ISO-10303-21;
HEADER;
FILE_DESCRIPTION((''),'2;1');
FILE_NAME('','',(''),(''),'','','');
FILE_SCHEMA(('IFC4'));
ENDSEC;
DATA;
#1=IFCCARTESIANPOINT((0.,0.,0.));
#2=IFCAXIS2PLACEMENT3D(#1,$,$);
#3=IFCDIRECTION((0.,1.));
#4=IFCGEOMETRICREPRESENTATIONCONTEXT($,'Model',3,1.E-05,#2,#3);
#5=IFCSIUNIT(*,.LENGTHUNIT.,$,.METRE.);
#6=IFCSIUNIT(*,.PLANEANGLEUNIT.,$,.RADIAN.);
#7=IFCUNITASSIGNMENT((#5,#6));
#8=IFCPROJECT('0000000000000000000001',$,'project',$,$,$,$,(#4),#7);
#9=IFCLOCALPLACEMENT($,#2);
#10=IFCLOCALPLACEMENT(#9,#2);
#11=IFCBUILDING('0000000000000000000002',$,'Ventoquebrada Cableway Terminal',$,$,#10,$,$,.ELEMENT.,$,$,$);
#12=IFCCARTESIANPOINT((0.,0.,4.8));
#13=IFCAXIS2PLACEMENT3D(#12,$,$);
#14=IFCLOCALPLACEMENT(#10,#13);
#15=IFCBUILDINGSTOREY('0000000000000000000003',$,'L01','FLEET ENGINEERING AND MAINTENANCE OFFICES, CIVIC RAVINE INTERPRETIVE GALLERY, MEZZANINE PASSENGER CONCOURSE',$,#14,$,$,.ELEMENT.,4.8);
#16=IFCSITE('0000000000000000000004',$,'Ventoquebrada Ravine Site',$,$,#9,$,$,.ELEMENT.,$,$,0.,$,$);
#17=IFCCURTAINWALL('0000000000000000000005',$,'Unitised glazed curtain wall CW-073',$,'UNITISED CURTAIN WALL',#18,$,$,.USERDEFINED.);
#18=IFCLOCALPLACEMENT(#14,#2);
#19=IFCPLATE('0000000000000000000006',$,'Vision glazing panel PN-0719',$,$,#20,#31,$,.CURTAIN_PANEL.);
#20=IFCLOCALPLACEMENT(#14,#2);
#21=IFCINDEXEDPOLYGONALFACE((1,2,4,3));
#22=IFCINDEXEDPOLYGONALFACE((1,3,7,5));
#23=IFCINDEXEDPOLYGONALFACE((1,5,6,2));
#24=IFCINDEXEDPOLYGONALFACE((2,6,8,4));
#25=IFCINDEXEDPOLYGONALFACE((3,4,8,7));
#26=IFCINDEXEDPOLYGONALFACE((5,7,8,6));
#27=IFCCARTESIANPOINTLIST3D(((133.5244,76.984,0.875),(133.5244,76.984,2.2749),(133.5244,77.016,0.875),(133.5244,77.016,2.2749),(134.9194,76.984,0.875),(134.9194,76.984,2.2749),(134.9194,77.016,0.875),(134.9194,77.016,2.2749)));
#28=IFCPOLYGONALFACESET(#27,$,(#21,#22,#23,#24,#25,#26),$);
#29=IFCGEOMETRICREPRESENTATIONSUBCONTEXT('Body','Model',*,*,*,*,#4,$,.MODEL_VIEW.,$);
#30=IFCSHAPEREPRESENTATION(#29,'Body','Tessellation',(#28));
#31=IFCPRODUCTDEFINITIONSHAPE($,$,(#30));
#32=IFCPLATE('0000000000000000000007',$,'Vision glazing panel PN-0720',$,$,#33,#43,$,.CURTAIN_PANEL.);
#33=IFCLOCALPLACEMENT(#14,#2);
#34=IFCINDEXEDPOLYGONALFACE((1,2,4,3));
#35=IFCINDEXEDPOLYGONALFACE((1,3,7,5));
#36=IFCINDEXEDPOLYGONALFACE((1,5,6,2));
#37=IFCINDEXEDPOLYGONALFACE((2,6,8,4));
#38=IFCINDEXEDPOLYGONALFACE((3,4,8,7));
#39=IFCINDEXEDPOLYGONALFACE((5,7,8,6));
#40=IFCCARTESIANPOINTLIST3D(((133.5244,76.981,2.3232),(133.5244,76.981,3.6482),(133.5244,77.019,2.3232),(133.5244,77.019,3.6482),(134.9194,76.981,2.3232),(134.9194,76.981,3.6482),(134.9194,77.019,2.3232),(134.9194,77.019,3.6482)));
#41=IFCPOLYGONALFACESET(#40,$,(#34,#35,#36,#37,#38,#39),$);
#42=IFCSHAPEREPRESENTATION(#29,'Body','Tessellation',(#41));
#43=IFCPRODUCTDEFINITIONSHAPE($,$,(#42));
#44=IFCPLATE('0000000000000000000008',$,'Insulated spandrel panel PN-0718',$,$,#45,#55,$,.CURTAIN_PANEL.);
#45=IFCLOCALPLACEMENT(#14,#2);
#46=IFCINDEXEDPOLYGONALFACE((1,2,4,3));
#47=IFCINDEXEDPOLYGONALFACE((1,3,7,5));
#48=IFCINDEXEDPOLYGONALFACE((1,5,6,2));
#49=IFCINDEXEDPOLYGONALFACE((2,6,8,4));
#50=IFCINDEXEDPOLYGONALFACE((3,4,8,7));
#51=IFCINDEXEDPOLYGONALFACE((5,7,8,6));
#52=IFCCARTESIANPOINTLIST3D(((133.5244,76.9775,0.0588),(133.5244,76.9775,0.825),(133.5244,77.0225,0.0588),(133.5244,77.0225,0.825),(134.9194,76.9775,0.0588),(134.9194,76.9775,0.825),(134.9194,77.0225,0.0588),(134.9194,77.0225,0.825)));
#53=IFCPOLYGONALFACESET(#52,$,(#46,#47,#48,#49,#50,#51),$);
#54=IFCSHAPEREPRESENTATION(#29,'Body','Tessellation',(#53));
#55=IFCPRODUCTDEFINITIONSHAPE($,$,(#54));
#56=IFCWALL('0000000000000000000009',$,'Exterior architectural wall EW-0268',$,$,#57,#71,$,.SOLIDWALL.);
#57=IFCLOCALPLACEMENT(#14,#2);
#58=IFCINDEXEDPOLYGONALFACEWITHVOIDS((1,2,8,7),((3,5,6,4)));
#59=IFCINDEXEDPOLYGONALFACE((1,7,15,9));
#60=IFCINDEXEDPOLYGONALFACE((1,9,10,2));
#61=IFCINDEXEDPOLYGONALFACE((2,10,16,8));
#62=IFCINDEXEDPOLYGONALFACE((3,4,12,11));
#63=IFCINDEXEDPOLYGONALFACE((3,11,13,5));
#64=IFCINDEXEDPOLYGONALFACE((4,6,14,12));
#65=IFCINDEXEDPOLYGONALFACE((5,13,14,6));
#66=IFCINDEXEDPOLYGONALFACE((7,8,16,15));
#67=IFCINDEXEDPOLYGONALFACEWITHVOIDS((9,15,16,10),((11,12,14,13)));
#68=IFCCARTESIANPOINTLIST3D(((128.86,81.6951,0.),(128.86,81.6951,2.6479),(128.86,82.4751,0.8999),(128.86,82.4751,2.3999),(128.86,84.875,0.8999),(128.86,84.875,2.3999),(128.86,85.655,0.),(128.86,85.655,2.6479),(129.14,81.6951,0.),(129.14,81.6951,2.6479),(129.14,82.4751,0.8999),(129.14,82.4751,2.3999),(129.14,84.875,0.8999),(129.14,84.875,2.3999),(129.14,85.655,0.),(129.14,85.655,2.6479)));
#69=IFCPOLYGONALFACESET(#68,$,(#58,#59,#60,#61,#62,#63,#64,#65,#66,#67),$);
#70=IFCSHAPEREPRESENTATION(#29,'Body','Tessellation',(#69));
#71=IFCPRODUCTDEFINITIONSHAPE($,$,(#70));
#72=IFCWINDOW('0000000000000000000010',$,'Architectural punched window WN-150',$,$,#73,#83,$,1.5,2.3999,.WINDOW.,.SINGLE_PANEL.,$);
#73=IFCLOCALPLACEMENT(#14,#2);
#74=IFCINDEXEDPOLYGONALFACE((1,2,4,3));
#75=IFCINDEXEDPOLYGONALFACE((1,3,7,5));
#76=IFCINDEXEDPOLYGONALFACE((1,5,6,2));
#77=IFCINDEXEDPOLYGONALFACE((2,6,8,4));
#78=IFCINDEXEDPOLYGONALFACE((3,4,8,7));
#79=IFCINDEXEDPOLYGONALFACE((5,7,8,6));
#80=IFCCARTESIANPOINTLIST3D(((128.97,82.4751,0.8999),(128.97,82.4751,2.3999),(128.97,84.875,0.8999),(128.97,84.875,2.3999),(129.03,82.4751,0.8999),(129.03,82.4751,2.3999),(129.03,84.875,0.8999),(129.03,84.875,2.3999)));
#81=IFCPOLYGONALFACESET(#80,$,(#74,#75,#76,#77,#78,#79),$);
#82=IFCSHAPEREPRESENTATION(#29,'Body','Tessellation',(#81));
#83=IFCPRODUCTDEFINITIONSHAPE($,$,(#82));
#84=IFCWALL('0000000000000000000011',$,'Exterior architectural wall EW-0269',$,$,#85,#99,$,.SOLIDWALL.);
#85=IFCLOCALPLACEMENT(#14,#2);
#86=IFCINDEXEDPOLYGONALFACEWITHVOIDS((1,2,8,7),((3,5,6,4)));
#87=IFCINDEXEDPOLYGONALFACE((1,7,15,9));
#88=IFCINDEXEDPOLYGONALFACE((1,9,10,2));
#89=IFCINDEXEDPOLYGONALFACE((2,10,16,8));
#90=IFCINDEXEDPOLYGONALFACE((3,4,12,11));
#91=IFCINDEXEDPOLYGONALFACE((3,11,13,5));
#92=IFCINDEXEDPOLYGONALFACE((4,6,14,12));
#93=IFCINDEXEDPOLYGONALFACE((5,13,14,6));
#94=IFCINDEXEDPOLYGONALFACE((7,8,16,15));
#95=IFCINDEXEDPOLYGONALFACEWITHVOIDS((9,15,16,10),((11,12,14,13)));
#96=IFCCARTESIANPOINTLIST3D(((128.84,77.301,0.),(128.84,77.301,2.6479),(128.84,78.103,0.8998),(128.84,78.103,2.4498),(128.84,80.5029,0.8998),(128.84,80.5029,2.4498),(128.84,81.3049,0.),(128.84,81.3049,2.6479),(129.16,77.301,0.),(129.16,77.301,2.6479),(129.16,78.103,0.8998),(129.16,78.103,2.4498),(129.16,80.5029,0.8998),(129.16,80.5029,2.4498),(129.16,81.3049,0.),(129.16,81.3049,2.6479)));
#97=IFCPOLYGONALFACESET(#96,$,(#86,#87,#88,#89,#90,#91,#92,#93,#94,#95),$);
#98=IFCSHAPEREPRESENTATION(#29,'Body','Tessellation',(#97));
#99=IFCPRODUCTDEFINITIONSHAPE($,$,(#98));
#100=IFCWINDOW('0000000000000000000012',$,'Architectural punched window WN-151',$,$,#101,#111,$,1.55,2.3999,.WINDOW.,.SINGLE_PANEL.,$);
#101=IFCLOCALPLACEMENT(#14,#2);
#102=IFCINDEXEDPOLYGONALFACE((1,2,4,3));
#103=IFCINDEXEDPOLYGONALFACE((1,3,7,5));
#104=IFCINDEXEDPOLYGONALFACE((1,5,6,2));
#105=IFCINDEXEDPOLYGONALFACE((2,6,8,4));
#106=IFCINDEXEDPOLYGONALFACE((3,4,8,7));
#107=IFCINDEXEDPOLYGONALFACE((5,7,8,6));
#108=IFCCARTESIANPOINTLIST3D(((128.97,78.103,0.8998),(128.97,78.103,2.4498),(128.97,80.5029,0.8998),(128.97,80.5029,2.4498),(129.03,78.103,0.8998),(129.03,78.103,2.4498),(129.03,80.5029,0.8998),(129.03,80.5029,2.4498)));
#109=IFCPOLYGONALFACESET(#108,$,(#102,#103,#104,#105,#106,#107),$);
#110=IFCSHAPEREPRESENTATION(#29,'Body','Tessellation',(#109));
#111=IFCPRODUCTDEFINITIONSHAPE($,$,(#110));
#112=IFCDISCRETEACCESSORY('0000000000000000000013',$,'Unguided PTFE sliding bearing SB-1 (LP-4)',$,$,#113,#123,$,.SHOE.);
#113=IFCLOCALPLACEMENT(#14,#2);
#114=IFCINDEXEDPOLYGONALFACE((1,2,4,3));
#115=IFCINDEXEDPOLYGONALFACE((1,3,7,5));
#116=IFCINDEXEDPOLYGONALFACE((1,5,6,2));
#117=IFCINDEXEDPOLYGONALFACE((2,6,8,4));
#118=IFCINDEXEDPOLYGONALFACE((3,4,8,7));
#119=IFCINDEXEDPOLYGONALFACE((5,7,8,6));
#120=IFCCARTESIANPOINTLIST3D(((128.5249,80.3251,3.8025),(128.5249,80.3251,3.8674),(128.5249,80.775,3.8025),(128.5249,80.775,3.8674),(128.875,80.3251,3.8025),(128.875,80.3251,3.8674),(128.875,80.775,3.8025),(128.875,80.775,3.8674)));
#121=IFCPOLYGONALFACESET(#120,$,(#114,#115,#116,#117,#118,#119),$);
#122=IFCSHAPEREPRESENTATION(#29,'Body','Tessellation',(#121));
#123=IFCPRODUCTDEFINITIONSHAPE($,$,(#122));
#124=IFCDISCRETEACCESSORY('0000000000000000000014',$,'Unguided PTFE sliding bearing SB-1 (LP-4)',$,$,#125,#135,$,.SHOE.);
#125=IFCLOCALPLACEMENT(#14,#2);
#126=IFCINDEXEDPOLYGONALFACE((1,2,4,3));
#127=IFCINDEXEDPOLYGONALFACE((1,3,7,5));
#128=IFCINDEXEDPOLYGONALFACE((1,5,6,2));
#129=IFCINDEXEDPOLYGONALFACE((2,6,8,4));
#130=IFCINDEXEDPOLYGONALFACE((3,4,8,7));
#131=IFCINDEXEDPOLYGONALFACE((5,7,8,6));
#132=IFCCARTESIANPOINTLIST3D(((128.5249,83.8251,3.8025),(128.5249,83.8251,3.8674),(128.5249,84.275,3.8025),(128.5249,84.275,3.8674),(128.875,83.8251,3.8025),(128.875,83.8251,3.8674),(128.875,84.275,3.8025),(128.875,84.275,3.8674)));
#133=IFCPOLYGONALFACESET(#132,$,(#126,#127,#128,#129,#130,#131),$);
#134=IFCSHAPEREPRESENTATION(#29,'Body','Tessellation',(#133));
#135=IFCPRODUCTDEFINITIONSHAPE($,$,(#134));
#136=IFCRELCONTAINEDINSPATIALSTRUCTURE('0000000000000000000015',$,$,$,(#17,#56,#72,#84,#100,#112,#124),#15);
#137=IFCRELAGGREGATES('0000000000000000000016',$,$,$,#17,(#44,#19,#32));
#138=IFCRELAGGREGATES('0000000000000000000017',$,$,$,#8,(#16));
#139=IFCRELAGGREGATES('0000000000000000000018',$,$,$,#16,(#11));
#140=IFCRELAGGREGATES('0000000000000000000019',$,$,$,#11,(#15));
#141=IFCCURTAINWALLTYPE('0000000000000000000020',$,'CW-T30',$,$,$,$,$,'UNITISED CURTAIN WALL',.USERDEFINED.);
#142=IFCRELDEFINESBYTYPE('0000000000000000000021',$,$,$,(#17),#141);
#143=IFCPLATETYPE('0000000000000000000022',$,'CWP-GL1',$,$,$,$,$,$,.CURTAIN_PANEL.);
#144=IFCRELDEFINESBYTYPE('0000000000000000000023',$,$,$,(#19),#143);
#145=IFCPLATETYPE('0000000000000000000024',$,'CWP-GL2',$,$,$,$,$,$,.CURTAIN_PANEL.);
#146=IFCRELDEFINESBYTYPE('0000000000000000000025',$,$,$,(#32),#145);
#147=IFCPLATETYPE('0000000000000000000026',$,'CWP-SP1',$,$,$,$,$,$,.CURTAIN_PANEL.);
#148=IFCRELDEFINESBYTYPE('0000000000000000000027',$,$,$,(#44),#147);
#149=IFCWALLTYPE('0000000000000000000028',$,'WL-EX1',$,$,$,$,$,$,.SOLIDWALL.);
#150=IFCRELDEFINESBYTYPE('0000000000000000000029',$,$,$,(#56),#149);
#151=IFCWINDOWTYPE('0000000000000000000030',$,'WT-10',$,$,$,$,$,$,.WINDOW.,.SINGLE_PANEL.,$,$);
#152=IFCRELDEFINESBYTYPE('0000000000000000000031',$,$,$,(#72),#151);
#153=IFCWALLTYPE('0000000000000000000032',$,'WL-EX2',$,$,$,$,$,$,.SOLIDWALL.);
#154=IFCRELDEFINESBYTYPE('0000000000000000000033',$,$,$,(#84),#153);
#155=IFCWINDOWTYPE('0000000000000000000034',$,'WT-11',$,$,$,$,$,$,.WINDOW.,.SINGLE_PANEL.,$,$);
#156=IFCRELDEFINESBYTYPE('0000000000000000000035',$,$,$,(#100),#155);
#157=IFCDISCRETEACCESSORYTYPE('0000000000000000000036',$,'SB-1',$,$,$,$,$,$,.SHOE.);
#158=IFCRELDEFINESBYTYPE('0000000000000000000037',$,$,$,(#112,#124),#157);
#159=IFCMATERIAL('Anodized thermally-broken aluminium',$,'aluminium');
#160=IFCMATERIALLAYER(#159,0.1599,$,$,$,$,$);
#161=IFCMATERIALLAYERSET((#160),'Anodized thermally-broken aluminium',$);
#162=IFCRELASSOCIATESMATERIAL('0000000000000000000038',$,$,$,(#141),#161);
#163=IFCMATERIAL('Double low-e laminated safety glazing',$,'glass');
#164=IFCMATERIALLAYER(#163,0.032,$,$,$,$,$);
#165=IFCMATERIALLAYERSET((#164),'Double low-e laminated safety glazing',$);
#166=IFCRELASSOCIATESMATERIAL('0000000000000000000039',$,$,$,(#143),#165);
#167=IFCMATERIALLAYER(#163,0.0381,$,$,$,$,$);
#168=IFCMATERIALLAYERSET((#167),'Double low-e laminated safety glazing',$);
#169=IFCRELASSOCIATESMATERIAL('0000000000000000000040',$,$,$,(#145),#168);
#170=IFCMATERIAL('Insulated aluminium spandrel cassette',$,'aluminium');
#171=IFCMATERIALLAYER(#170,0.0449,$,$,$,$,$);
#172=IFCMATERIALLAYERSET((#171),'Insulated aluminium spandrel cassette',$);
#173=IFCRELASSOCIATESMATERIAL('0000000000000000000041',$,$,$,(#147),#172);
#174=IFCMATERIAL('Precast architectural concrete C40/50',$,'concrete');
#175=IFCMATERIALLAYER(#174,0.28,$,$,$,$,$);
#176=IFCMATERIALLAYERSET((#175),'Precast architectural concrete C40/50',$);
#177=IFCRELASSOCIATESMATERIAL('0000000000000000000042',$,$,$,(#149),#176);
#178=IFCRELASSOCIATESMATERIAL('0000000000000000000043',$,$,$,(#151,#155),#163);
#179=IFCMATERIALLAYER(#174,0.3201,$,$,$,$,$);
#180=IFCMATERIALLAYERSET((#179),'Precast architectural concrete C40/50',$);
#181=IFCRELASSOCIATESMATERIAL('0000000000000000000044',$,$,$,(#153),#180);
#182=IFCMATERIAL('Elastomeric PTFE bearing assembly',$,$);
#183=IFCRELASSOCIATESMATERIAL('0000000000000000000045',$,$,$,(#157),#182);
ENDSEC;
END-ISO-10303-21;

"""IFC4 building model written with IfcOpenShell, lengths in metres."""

from ifc_helpers import new_model, si_unit, direction, frame, frame_2d, origin, origin_2d, place, context, subcontext, project, spatial, rectangle, extrude, material, layer, layer_set, type_object, element, fill, aggregate, save


model = new_model("IFC4")

# Units and contexts
model_context = context("Model", 3, precision=1e-05, world=origin(), true_north=direction((0.0, 1.0)))
body_context = subcontext(model_context, "Body", "Model", "MODEL_VIEW")
ifc_project = project(units=[si_unit("LENGTHUNIT", "METRE"), si_unit("PLANEANGLEUNIT", "RADIAN")], contexts=[model_context])

# Site, building, storey
site_placement = place(None, origin())
site = spatial("IfcSite", under=ifc_project, at=site_placement, Name="Ventoquebrada Ravine Site", CompositionType="ELEMENT", RefElevation=0.0)
building_placement = place(site_placement, origin())
building = spatial("IfcBuilding", under=site, at=building_placement, Name="Ventoquebrada Cableway Terminal", CompositionType="ELEMENT")
storey_placement = place(building_placement, frame((0.0, 0.0, 4.8)))
storey = spatial("IfcBuildingStorey", under=building, at=storey_placement, Name="L01", Description="FLEET ENGINEERING AND MAINTENANCE OFFICES, CIVIC RAVINE INTERPRETIVE GALLERY, MEZZANINE PASSENGER CONCOURSE", CompositionType="ELEMENT", Elevation=4.8)

# Curtain wall
ifc_material_1 = material(Name="Anodized thermally-broken aluminium", Category="aluminium")
ifc_layer_1 = layer(ifc_material_1, 0.1599)
ifc_layer_set_1 = layer_set([ifc_layer_1], Name="Anodized thermally-broken aluminium")
curtain_wall_type = type_object("IfcCurtainWallType", Name="CW-T30", ElementType="UNITISED CURTAIN WALL", PredefinedType="USERDEFINED", material=ifc_layer_set_1)
curtain_wall_placement = place(storey_placement, origin())
curtain_wall = element("IfcCurtainWall", 1, at=curtain_wall_placement, inside=storey, type_object=curtain_wall_type, Name="Unitised glazed curtain wall CW-073", ObjectType="UNITISED CURTAIN WALL", PredefinedType="USERDEFINED")

# Plates
ifc_material_2 = material(Name="Double low-e laminated safety glazing", Category="glass")
ifc_layer_2 = layer(ifc_material_2, 0.032)
ifc_layer_set_2 = layer_set([ifc_layer_2], Name="Double low-e laminated safety glazing")
plate_type_1 = type_object("IfcPlateType", Name="CWP-GL1", PredefinedType="CURTAIN_PANEL", material=ifc_layer_set_2)
plate_1_placement = place(storey_placement, frame((134.2219, 77.0, 0.875), z_axis=(0.0, 0.0, 1.0), x_axis=(1.0, 0.0, 0.0)))
plate_1 = element("IfcPlate", 2, at=plate_1_placement, type_object=plate_type_1, Name="Vision glazing panel PN-0719", PredefinedType="CURTAIN_PANEL", context=body_context, shape_type="SweptSolid", body=[
    extrude(rectangle(XDim=1.395, YDim=0.032, at=origin_2d()), origin(), (0.0, 0.0, 1.0), 1.3999),
])
ifc_layer_3 = layer(ifc_material_2, 0.0381)
ifc_layer_set_3 = layer_set([ifc_layer_3], Name="Double low-e laminated safety glazing")
plate_type_2 = type_object("IfcPlateType", Name="CWP-GL2", PredefinedType="CURTAIN_PANEL", material=ifc_layer_set_3)
plate_2_placement = place(storey_placement, frame((134.2219, 77.0, 2.3232), z_axis=(0.0, 0.0, 1.0), x_axis=(1.0, 0.0, 0.0)))
plate_2 = element("IfcPlate", 3, at=plate_2_placement, type_object=plate_type_2, Name="Vision glazing panel PN-0720", PredefinedType="CURTAIN_PANEL", context=body_context, shape_type="SweptSolid", body=[
    extrude(rectangle(XDim=1.395, YDim=0.0381, at=origin_2d()), origin(), (0.0, 0.0, 1.0), 1.325),
])
ifc_material_3 = material(Name="Insulated aluminium spandrel cassette", Category="aluminium")
ifc_layer_4 = layer(ifc_material_3, 0.0449)
ifc_layer_set_4 = layer_set([ifc_layer_4], Name="Insulated aluminium spandrel cassette")
plate_type_3 = type_object("IfcPlateType", Name="CWP-SP1", PredefinedType="CURTAIN_PANEL", material=ifc_layer_set_4)
plate_3_placement = place(storey_placement, frame((134.2219, 77.0, 0.0588), z_axis=(0.0, 0.0, 1.0), x_axis=(1.0, 0.0, 0.0)))
plate_3 = element("IfcPlate", 4, at=plate_3_placement, type_object=plate_type_3, Name="Insulated spandrel panel PN-0718", PredefinedType="CURTAIN_PANEL", context=body_context, shape_type="SweptSolid", body=[
    extrude(rectangle(XDim=1.395, YDim=0.0449, at=origin_2d()), origin(), (0.0, 0.0, 1.0), 0.7661),
])
aggregate(curtain_wall, [plate_3, plate_1, plate_2])

# Walls, openings, windows
ifc_material_4 = material(Name="Precast architectural concrete C40/50", Category="concrete")
ifc_layer_5 = layer(ifc_material_4, 0.28)
ifc_layer_set_5 = layer_set([ifc_layer_5], Name="Precast architectural concrete C40/50")
wall_type_1 = type_object("IfcWallType", Name="WL-EX1", PredefinedType="SOLIDWALL", material=ifc_layer_set_5)
wall_1_placement = place(storey_placement, frame((129.0, 85.655, 0.0), z_axis=(0.0, 0.0, 1.0), x_axis=(0.0, -1.0, 0.0)))
wall_1 = element("IfcWall", 5, at=wall_1_placement, inside=storey, type_object=wall_type_1, Name="Exterior architectural wall EW-0268", PredefinedType="SOLIDWALL", context=body_context, shape_type="SweptSolid", body=[
    extrude(rectangle(XDim=3.96, YDim=0.28, at=frame_2d((1.98, 0.0))), origin(), (0.0, 0.0, 1.0), 2.6479),
])
opening_1_placement = place(wall_1_placement, frame((0.78, 0.0, 0.8999)))
opening_1 = element("IfcOpeningElement", 6, at=opening_1_placement, cuts=wall_1, PredefinedType="OPENING", context=body_context, shape_type="SweptSolid", body=[
    extrude(rectangle(XDim=2.3999, YDim=1.5, at=frame_2d((1.2, 0.75))), frame((0.0, 0.1499, 0.0), z_axis=(0.0, -1.0, 0.0), x_axis=(1.0, 0.0, 0.0)), (0.0, 0.0, 1.0), 0.3),
])
window_type_1 = type_object("IfcWindowType", Name="WT-10", PartitioningType="SINGLE_PANEL", PredefinedType="WINDOW", material=ifc_material_2)
window_1_placement = place(opening_1_placement, origin())
window_1 = element("IfcWindow", 7, at=window_1_placement, inside=storey, type_object=window_type_1, Name="Architectural punched window WN-150", OverallHeight=1.5, OverallWidth=2.3999, PartitioningType="SINGLE_PANEL", PredefinedType="WINDOW", context=body_context, shape_type="SweptSolid", body=[
    extrude(rectangle(XDim=2.3999, YDim=1.5, at=frame_2d((1.2, 0.75))), frame((0.0, 0.03, 0.0), z_axis=(0.0, -1.0, 0.0), x_axis=(1.0, 0.0, 0.0)), (0.0, 0.0, 1.0), 0.0601),
])
fill(opening_1, window_1)
ifc_layer_6 = layer(ifc_material_4, 0.3201)
ifc_layer_set_6 = layer_set([ifc_layer_6], Name="Precast architectural concrete C40/50")
wall_type_2 = type_object("IfcWallType", Name="WL-EX2", PredefinedType="SOLIDWALL", material=ifc_layer_set_6)
wall_2_placement = place(storey_placement, frame((129.0, 81.3049, 0.0), z_axis=(0.0, 0.0, 1.0), x_axis=(0.0, -1.0, 0.0)))
wall_2 = element("IfcWall", 8, at=wall_2_placement, inside=storey, type_object=wall_type_2, Name="Exterior architectural wall EW-0269", PredefinedType="SOLIDWALL", context=body_context, shape_type="SweptSolid", body=[
    extrude(rectangle(XDim=4.0039, YDim=0.3201, at=frame_2d((2.002, 0.0))), origin(), (0.0, 0.0, 1.0), 2.6479),
])
opening_2_placement = place(wall_2_placement, frame((0.802, 0.0, 0.8999)))
opening_2 = element("IfcOpeningElement", 9, at=opening_2_placement, cuts=wall_2, PredefinedType="OPENING", context=body_context, shape_type="SweptSolid", body=[
    extrude(rectangle(XDim=2.3999, YDim=1.55, at=frame_2d((1.2, 0.7749))), frame((0.0, 0.1699, 0.0), z_axis=(0.0, -1.0, 0.0), x_axis=(1.0, 0.0, 0.0)), (0.0, 0.0, 1.0), 0.3401),
])
window_type_2 = type_object("IfcWindowType", Name="WT-11", PartitioningType="SINGLE_PANEL", PredefinedType="WINDOW", material=ifc_material_2)
window_2_placement = place(opening_2_placement, origin())
window_2 = element("IfcWindow", 10, at=window_2_placement, inside=storey, type_object=window_type_2, Name="Architectural punched window WN-151", OverallHeight=1.55, OverallWidth=2.3999, PartitioningType="SINGLE_PANEL", PredefinedType="WINDOW", context=body_context, shape_type="SweptSolid", body=[
    extrude(rectangle(XDim=2.3999, YDim=1.55, at=frame_2d((1.2, 0.7749))), frame((0.0, 0.03, 0.0), z_axis=(0.0, -1.0, 0.0), x_axis=(1.0, 0.0, 0.0)), (0.0, 0.0, 1.0), 0.0601),
])
fill(opening_2, window_2)

# Discrete accessories
ifc_material_5 = material(Name="Elastomeric PTFE bearing assembly")
discrete_accessory_type = type_object("IfcDiscreteAccessoryType", Name="SB-1", PredefinedType="SHOE", material=ifc_material_5)
for number, where, z_axis, x_axis, name in (
    (11, (128.7, 80.55, 3.8025), (0.0, 0.0, 1.0), (1.0, 0.0, 0.0), "Unguided PTFE sliding bearing SB-1 (LP-4)"),
    (12, (128.7, 84.05, 3.8025), (0.0, 0.0, 1.0), (1.0, 0.0, 0.0), "Unguided PTFE sliding bearing SB-1 (LP-4)"),
):
    element("IfcDiscreteAccessory", number, at=place(storey_placement, frame(where, z_axis=z_axis, x_axis=x_axis)), inside=storey, type_object=discrete_accessory_type, Name=name, PredefinedType="SHOE", context=body_context, shape_type="SweptSolid", body=[
        extrude(rectangle(XDim=0.3501, YDim=0.45, at=origin_2d()), origin(), (0.0, 0.0, 1.0), 0.0649),
    ])

save(model, "model.ifc")
